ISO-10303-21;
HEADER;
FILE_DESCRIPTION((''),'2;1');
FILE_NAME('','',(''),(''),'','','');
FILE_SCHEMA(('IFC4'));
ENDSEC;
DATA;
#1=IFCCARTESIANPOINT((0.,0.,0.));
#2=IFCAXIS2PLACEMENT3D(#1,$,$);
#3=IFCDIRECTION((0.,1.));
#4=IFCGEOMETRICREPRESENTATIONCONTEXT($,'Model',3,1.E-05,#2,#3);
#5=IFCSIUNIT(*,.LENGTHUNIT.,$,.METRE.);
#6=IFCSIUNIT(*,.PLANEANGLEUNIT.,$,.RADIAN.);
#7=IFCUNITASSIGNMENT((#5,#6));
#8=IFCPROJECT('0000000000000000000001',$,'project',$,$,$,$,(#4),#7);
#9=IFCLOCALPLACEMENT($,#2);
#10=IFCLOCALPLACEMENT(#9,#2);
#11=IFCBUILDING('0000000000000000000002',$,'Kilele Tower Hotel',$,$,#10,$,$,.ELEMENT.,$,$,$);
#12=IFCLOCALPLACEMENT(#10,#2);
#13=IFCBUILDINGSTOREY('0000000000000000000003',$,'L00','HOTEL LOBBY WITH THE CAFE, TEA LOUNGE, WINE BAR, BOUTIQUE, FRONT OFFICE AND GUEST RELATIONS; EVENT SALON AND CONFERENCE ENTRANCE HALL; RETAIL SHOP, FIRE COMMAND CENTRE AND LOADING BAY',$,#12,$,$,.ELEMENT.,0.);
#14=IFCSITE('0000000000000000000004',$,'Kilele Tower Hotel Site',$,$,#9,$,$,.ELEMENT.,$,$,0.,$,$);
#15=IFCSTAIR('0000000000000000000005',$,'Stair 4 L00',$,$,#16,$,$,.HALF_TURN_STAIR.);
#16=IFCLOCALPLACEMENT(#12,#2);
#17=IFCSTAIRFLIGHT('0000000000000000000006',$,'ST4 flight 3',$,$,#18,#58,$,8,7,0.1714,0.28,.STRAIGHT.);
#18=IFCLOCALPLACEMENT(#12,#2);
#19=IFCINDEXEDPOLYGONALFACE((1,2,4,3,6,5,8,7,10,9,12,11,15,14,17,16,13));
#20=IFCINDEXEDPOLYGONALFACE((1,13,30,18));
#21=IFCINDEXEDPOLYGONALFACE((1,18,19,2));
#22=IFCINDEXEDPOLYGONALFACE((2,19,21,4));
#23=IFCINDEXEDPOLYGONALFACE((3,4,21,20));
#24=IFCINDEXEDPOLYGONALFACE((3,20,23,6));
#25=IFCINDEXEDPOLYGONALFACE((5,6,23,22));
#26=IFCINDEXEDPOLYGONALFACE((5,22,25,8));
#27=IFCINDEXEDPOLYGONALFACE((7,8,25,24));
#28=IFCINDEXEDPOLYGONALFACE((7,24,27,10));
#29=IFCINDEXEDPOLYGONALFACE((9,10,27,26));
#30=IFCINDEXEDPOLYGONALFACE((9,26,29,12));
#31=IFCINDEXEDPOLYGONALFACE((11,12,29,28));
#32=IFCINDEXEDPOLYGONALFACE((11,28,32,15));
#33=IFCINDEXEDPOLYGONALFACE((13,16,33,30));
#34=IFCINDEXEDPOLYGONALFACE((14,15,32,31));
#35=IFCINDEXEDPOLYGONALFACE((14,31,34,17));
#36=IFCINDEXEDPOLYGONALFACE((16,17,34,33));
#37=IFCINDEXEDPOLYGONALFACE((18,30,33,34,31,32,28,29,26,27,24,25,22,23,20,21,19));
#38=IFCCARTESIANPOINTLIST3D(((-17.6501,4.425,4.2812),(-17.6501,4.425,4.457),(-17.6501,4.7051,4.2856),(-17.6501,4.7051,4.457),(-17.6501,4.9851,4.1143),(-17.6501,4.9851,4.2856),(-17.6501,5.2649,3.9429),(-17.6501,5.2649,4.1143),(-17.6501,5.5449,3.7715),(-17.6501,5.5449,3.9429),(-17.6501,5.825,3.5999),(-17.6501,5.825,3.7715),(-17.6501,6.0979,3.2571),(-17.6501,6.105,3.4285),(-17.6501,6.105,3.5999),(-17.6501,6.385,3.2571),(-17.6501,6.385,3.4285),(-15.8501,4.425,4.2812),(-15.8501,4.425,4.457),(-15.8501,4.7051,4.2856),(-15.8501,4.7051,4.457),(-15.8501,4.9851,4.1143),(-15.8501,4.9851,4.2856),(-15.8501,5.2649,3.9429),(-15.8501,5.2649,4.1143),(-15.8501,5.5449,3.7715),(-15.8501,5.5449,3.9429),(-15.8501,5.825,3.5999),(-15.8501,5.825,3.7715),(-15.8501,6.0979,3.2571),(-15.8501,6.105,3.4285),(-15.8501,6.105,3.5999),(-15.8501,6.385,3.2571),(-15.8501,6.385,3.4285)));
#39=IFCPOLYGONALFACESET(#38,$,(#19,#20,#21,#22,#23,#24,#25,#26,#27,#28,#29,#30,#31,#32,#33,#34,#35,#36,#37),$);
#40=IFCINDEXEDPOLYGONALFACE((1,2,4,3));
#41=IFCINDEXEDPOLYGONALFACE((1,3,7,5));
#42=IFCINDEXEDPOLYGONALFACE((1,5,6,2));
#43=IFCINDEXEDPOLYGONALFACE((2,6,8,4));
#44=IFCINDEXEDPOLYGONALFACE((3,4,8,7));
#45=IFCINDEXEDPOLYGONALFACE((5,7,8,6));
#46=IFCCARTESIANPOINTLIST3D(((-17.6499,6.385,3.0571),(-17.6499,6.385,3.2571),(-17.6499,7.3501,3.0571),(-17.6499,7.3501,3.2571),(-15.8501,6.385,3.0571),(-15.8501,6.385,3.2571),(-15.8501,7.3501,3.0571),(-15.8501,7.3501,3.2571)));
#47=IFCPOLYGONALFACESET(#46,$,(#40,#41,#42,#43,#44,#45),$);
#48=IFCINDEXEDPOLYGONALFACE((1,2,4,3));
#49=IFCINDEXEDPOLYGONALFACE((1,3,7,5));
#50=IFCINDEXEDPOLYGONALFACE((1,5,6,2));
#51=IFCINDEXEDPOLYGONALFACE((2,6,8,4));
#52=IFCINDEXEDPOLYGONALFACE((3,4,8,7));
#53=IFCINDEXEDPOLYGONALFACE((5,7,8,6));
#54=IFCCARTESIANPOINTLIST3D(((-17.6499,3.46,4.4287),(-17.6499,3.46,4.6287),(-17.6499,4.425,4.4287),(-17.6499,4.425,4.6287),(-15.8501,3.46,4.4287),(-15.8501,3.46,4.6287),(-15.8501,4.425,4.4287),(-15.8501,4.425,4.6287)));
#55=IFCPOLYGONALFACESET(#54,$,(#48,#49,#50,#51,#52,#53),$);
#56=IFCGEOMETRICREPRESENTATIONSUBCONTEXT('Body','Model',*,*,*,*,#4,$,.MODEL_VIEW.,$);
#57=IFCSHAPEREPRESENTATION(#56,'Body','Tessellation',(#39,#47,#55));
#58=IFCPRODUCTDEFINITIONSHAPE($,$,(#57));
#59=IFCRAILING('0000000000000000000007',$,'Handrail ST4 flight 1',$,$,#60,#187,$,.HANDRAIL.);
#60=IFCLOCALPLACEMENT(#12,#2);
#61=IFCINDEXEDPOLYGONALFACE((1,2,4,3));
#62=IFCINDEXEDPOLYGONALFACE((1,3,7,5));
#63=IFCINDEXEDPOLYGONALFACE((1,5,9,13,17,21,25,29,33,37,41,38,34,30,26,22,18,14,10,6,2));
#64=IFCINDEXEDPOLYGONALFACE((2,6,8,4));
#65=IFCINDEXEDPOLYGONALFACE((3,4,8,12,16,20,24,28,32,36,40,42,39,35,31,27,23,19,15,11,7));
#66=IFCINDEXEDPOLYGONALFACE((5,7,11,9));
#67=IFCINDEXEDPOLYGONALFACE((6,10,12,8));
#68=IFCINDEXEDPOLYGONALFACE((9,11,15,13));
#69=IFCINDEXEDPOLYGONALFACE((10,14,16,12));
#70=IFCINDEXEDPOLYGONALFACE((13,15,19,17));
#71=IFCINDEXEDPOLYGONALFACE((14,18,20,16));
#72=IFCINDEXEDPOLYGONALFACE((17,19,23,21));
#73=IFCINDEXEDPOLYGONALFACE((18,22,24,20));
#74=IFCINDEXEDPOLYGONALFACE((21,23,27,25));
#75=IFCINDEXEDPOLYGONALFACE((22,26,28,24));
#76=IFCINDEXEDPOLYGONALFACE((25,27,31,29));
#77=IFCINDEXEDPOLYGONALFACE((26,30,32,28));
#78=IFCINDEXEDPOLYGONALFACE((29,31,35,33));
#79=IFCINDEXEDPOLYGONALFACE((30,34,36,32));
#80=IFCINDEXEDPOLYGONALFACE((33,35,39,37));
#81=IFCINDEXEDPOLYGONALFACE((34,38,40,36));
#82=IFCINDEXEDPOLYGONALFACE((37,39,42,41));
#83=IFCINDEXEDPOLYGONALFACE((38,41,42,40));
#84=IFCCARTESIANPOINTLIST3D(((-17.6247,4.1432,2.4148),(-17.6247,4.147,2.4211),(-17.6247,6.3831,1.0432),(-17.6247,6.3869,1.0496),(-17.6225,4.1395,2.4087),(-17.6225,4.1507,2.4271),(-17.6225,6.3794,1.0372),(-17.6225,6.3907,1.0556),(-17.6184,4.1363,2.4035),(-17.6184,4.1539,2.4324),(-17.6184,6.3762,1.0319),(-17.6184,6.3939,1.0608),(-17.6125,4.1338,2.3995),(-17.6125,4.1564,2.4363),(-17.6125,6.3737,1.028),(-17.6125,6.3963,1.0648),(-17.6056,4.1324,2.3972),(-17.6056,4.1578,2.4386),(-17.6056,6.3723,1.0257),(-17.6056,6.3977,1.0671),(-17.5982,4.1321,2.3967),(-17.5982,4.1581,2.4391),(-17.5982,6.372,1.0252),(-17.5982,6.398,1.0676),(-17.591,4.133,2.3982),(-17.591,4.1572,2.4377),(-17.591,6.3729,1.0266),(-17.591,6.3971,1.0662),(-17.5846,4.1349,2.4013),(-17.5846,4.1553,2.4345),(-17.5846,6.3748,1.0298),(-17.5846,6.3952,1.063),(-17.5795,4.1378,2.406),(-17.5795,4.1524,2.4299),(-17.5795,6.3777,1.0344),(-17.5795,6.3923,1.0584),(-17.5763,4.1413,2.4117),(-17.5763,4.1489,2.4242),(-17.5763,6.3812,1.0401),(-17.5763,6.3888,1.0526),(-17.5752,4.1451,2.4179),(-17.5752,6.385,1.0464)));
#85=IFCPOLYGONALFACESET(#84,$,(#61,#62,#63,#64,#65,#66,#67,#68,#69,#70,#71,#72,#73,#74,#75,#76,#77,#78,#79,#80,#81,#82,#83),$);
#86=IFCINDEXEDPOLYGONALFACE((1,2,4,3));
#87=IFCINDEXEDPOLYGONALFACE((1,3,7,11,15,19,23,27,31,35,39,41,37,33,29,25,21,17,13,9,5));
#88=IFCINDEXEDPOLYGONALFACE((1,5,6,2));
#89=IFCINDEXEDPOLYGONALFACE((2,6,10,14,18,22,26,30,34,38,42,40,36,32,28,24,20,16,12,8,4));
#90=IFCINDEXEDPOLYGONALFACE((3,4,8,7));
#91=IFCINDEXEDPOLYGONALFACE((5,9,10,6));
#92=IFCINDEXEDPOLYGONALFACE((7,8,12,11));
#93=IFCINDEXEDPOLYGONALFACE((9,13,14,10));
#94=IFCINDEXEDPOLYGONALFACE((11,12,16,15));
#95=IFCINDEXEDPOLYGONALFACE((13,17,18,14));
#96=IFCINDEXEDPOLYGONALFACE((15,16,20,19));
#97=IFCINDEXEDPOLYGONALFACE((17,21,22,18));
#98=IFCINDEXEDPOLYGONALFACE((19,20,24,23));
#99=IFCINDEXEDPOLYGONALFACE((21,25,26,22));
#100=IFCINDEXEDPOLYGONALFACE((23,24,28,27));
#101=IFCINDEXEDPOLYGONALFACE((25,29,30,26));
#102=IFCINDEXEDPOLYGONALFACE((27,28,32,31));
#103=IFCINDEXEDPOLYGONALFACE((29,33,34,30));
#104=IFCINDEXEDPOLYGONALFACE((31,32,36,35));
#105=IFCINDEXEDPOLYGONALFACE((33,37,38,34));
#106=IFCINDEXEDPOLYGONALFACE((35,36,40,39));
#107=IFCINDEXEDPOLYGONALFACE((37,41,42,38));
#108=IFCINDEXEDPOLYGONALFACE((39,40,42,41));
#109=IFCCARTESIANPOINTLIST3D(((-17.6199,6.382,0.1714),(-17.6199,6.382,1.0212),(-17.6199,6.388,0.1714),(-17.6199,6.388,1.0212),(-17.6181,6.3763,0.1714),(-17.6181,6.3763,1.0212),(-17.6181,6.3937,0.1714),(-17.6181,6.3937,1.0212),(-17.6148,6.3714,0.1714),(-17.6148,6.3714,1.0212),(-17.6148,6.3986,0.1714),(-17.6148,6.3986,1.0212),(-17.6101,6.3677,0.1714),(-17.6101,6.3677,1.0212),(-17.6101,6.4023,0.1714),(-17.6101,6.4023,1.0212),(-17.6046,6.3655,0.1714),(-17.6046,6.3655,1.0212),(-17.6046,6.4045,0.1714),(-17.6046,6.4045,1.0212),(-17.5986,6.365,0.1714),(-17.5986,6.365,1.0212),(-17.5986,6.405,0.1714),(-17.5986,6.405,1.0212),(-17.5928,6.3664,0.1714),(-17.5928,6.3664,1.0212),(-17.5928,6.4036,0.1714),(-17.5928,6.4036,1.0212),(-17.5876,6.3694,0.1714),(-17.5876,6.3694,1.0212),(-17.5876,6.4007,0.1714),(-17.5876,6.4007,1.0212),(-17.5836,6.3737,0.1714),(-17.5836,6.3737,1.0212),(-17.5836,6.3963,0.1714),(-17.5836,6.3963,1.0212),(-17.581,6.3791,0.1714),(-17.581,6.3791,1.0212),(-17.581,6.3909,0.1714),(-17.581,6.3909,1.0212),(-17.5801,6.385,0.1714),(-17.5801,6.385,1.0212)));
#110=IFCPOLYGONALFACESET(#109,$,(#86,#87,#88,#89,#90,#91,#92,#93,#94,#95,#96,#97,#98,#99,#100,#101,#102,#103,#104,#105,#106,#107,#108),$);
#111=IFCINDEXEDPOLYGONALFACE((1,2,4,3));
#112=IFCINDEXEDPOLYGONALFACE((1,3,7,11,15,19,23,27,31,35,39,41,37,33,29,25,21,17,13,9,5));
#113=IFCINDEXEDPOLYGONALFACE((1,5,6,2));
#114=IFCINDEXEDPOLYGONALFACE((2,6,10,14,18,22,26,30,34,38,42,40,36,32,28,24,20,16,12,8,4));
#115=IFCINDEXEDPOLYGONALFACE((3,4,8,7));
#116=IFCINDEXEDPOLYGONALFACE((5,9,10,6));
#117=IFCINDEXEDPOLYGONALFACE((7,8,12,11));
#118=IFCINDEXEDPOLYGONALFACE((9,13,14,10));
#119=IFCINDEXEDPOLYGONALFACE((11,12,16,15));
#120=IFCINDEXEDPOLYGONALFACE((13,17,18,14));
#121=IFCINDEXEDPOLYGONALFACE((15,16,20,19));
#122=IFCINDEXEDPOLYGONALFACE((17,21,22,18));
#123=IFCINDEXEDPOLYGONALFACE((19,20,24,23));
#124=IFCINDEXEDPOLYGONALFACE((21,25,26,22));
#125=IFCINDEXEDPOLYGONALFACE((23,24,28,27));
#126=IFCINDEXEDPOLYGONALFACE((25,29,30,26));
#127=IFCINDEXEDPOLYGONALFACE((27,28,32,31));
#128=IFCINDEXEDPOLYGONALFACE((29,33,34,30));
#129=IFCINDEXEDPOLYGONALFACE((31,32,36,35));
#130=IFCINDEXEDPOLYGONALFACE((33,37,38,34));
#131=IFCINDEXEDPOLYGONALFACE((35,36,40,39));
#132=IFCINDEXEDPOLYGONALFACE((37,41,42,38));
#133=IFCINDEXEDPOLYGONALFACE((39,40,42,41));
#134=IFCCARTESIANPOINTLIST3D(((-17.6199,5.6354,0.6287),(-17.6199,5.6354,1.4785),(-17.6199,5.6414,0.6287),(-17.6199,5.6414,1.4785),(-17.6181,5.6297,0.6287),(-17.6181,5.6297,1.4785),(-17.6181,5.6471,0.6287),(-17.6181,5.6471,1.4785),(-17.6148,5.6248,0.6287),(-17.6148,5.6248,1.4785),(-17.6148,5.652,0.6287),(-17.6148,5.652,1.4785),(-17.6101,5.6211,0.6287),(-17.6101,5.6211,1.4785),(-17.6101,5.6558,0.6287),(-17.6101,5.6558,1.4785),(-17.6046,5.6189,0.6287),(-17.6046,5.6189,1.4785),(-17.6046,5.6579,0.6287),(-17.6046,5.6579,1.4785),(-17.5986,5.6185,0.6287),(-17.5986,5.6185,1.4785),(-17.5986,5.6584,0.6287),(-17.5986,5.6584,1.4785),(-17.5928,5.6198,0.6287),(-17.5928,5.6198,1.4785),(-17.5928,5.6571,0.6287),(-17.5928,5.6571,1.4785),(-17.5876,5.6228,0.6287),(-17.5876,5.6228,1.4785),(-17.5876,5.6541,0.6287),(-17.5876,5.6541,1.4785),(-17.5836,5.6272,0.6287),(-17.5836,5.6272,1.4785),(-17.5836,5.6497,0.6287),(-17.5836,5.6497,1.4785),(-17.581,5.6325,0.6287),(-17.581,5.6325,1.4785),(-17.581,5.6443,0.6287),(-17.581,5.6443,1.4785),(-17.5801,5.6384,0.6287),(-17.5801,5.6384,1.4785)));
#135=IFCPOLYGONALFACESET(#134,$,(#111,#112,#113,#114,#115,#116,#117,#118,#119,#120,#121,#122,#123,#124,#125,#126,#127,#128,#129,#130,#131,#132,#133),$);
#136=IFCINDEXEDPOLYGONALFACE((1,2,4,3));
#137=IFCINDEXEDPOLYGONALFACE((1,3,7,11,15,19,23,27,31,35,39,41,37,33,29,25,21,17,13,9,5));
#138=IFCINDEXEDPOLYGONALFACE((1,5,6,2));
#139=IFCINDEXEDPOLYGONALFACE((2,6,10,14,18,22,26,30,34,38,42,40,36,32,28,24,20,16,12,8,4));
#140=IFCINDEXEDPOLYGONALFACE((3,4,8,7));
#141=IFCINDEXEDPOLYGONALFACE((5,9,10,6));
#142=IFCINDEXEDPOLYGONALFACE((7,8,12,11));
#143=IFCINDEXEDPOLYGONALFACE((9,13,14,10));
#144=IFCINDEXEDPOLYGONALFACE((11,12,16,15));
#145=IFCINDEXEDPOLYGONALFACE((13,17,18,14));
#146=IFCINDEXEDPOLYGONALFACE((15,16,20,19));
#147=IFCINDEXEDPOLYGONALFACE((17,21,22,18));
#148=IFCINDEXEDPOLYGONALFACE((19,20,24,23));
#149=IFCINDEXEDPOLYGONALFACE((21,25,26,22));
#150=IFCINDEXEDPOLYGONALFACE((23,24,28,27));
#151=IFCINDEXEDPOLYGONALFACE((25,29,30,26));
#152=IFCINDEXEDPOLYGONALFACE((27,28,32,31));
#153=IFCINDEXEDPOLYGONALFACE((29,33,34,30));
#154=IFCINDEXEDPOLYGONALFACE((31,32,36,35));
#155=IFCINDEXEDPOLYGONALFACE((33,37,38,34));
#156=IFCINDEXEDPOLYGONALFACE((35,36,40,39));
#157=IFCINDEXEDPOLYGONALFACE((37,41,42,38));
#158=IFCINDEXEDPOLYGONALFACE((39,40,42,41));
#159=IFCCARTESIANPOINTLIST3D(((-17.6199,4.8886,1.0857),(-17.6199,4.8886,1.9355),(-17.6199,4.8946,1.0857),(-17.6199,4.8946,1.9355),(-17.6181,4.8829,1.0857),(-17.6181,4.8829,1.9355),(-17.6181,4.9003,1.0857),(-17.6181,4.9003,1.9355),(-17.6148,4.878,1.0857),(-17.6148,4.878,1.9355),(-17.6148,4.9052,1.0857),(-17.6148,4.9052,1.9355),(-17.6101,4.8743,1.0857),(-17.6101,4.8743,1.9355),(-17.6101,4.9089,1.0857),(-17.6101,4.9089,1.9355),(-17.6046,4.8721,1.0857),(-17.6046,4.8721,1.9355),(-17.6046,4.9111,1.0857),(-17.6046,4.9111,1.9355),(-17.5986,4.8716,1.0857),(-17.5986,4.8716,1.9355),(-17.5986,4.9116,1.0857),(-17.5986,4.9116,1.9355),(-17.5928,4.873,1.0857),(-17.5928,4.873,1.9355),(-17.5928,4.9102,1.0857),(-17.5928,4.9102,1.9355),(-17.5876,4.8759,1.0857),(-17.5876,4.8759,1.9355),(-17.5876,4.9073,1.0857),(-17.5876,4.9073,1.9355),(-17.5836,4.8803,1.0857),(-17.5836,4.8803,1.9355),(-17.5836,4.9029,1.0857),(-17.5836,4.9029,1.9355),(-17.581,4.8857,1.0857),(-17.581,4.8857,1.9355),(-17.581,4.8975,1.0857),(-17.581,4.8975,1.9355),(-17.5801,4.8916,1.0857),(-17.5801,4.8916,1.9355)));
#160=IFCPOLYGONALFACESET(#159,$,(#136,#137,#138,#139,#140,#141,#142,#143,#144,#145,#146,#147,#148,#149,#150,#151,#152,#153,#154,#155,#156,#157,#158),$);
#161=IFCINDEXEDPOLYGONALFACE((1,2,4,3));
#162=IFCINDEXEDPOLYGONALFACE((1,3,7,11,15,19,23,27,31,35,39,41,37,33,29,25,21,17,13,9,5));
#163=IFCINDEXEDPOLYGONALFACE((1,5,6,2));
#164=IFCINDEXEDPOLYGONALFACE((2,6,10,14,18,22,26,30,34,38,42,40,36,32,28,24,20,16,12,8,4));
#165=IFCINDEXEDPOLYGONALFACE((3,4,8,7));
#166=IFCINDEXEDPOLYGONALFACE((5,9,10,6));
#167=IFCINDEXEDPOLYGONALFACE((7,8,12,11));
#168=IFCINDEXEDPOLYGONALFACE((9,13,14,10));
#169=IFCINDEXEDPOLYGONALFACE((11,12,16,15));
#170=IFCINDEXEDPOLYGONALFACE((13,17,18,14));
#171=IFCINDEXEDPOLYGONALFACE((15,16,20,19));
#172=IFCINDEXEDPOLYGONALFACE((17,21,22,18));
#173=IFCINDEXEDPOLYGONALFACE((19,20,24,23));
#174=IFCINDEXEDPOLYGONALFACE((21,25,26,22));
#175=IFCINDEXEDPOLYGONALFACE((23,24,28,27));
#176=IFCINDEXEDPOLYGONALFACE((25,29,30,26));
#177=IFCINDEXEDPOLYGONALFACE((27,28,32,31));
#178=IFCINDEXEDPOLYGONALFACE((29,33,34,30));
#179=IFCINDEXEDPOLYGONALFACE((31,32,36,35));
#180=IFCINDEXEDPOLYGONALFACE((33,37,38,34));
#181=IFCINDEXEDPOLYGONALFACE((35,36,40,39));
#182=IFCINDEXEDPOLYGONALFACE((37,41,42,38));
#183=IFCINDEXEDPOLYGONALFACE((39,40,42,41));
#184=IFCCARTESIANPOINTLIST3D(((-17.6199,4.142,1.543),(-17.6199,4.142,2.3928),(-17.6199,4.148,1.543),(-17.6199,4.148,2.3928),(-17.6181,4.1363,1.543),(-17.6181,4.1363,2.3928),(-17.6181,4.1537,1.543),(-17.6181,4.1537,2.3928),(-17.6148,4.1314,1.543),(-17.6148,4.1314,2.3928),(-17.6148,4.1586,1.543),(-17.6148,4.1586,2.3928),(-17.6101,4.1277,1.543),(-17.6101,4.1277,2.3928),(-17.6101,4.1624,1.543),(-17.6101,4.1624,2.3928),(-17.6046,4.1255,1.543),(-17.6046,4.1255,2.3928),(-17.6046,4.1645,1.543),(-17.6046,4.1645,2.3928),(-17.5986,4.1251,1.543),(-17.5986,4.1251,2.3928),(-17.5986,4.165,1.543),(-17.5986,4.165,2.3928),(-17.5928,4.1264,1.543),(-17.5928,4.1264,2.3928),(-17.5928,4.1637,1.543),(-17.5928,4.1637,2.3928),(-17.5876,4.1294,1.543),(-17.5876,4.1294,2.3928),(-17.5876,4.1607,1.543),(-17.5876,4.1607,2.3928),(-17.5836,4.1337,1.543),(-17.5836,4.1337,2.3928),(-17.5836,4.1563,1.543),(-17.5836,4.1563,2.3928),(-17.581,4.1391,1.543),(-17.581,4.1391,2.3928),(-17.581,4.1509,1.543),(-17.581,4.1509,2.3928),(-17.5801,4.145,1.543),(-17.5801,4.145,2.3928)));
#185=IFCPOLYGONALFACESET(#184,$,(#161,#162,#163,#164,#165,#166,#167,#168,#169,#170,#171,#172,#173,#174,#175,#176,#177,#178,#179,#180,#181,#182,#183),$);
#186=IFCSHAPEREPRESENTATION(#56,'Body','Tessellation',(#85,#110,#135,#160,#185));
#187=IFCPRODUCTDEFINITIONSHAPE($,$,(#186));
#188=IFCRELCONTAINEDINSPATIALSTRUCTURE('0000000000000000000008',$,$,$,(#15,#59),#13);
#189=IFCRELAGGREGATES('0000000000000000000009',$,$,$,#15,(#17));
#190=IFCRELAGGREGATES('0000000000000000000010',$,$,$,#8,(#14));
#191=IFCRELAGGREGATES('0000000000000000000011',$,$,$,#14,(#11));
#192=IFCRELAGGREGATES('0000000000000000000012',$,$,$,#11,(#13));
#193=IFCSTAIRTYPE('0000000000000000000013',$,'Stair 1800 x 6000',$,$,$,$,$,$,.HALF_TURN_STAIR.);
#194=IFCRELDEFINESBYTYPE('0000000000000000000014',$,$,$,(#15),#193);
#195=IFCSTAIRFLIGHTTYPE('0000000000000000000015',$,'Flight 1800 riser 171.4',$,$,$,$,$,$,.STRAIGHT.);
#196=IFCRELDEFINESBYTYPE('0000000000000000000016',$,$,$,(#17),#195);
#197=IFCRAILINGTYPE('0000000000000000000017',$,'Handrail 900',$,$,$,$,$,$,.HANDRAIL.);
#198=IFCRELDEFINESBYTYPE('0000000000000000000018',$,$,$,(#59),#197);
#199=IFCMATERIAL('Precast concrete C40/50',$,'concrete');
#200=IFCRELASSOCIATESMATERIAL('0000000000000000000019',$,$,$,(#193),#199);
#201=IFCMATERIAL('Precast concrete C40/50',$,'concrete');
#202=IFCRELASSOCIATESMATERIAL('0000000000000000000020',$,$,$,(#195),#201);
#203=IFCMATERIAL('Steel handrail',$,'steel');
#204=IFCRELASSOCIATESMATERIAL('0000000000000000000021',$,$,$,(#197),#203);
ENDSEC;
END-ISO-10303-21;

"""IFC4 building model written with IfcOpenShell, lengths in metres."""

from ifc_helpers import new_model, si_unit, direction, frame, origin, origin_2d, place, context, subcontext, project, spatial, polyline, circle, outline, extrude, material, type_object, element, aggregate, save


model = new_model("IFC4")

# Units and contexts
model_context = context("Model", 3, precision=1e-05, world=origin(), true_north=direction((0.0, 1.0)))
body_context = subcontext(model_context, "Body", "Model", "MODEL_VIEW")
ifc_project = project(units=[si_unit("LENGTHUNIT", "METRE"), si_unit("PLANEANGLEUNIT", "RADIAN")], contexts=[model_context])

# Site, building, storey
site_placement = place(None, origin())
site = spatial("IfcSite", under=ifc_project, at=site_placement, Name="Kilele Tower Hotel Site", CompositionType="ELEMENT", RefElevation=0.0)
building_placement = place(site_placement, origin())
building = spatial("IfcBuilding", under=site, at=building_placement, Name="Kilele Tower Hotel", CompositionType="ELEMENT")
storey_placement = place(building_placement, origin())
storey = spatial("IfcBuildingStorey", under=building, at=storey_placement, Name="L00", Description="HOTEL LOBBY WITH THE CAFE, TEA LOUNGE, WINE BAR, BOUTIQUE, FRONT OFFICE AND GUEST RELATIONS; EVENT SALON AND CONFERENCE ENTRANCE HALL; RETAIL SHOP, FIRE COMMAND CENTRE AND LOADING BAY", CompositionType="ELEMENT", Elevation=0.0)

# Stair, stair flight
ifc_material_1 = material(Name="Precast concrete C40/50", Category="concrete")
stair_type = type_object("IfcStairType", Name="Stair 1800 x 6000", PredefinedType="HALF_TURN_STAIR", material=ifc_material_1)
stair_placement = place(storey_placement, origin())
stair = element("IfcStair", 1, at=stair_placement, inside=storey, type_object=stair_type, Name="Stair 4 L00", PredefinedType="HALF_TURN_STAIR")
ifc_material_2 = material(Name="Precast concrete C40/50", Category="concrete")
stair_flight_type = type_object("IfcStairFlightType", Name="Flight 1800 riser 171.4", PredefinedType="STRAIGHT", material=ifc_material_2)
stair_flight_1_placement = place(storey_placement, frame((-16.75, 6.385, 3.2571), z_axis=(0.0, 0.0, 1.0), x_axis=(0.0, -1.0, 0.0)))
stair_flight_1 = element("IfcStairFlight", 2, at=stair_flight_1_placement, type_object=stair_flight_type, Name="ST4 flight 3", NumberOfRisers=8, NumberOfTreads=7, PredefinedType="STRAIGHT", RiserHeight=0.1714, TreadLength=0.28, context=body_context, shape_type="SweptSolid", body=[
    extrude(outline(polyline([(0.0, 0.0), (0.0, 0.1714), (0.28, 0.1714), (0.28, 0.3428), (0.5601, 0.3428), (0.5601, 0.5144), (0.8401, 0.5144), (0.8401, 0.6858), (1.1201, 0.6858), (1.1201, 0.8572), (1.3999, 0.8572), (1.3999, 1.0286), (1.6799, 1.0286), (1.6799, 1.2), (1.96, 1.2), (1.96, 1.3713), (1.96, 1.0242), (0.2871, 0.0), (0.0, 0.0)])), frame((0.0, 0.8999, 0.0), z_axis=(0.0, -1.0, 0.0), x_axis=(1.0, 0.0, 0.0)), (0.0, 0.0, 1.0), 1.8),
    extrude(outline(polyline([(0.0, -0.8999), (0.0, 0.8999), (-0.9651, 0.8999), (-0.9651, -0.8999), (0.0, -0.8999)])), frame((0.0, 0.0, -0.2)), (0.0, 0.0, 1.0), 0.2),
    extrude(outline(polyline([(2.925, -0.8999), (2.925, 0.8999), (1.96, 0.8999), (1.96, -0.8999), (2.925, -0.8999)])), frame((0.0, 0.0, 1.1716)), (0.0, 0.0, 1.0), 0.2),
])
aggregate(stair, [stair_flight_1])

# Railing
ifc_material_3 = material(Name="Steel handrail", Category="steel")
railing_type_1 = type_object("IfcRailingType", Name="Handrail 900", PredefinedType="HANDRAIL", material=ifc_material_3)
for number, where, name in (
    (3, (-17.6001, 6.385, 0.1714), "Handrail ST4 flight 1"),
):
    element("IfcRailing", number, at=place(storey_placement, frame(where)), inside=storey, type_object=railing_type_1, Name=name, PredefinedType="HANDRAIL", context=body_context, shape_type="SweptSolid", body=[
        extrude(circle(Radius=0.0249, at=origin_2d()), frame((0.0, 0.0, 0.875), z_axis=(0.0, -0.852824, 0.522198), x_axis=(1.0, 0.0, 0.0)), (0.0, 0.0, 1.0), 2.6265),
        extrude(circle(Radius=0.02, at=origin_2d()), origin(), (0.0, 0.0, 1.0), 0.8499),
        extrude(circle(Radius=0.02, at=origin_2d()), frame((0.0, -0.7466, 0.4573)), (0.0, 0.0, 1.0), 0.8499),
        extrude(circle(Radius=0.02, at=origin_2d()), frame((0.0, -1.4934, 0.9143)), (0.0, 0.0, 1.0), 0.8499),
        extrude(circle(Radius=0.02, at=origin_2d()), frame((0.0, -2.24, 1.3716)), (0.0, 0.0, 1.0), 0.8499),
    ])

save(model, "model.ifc")
